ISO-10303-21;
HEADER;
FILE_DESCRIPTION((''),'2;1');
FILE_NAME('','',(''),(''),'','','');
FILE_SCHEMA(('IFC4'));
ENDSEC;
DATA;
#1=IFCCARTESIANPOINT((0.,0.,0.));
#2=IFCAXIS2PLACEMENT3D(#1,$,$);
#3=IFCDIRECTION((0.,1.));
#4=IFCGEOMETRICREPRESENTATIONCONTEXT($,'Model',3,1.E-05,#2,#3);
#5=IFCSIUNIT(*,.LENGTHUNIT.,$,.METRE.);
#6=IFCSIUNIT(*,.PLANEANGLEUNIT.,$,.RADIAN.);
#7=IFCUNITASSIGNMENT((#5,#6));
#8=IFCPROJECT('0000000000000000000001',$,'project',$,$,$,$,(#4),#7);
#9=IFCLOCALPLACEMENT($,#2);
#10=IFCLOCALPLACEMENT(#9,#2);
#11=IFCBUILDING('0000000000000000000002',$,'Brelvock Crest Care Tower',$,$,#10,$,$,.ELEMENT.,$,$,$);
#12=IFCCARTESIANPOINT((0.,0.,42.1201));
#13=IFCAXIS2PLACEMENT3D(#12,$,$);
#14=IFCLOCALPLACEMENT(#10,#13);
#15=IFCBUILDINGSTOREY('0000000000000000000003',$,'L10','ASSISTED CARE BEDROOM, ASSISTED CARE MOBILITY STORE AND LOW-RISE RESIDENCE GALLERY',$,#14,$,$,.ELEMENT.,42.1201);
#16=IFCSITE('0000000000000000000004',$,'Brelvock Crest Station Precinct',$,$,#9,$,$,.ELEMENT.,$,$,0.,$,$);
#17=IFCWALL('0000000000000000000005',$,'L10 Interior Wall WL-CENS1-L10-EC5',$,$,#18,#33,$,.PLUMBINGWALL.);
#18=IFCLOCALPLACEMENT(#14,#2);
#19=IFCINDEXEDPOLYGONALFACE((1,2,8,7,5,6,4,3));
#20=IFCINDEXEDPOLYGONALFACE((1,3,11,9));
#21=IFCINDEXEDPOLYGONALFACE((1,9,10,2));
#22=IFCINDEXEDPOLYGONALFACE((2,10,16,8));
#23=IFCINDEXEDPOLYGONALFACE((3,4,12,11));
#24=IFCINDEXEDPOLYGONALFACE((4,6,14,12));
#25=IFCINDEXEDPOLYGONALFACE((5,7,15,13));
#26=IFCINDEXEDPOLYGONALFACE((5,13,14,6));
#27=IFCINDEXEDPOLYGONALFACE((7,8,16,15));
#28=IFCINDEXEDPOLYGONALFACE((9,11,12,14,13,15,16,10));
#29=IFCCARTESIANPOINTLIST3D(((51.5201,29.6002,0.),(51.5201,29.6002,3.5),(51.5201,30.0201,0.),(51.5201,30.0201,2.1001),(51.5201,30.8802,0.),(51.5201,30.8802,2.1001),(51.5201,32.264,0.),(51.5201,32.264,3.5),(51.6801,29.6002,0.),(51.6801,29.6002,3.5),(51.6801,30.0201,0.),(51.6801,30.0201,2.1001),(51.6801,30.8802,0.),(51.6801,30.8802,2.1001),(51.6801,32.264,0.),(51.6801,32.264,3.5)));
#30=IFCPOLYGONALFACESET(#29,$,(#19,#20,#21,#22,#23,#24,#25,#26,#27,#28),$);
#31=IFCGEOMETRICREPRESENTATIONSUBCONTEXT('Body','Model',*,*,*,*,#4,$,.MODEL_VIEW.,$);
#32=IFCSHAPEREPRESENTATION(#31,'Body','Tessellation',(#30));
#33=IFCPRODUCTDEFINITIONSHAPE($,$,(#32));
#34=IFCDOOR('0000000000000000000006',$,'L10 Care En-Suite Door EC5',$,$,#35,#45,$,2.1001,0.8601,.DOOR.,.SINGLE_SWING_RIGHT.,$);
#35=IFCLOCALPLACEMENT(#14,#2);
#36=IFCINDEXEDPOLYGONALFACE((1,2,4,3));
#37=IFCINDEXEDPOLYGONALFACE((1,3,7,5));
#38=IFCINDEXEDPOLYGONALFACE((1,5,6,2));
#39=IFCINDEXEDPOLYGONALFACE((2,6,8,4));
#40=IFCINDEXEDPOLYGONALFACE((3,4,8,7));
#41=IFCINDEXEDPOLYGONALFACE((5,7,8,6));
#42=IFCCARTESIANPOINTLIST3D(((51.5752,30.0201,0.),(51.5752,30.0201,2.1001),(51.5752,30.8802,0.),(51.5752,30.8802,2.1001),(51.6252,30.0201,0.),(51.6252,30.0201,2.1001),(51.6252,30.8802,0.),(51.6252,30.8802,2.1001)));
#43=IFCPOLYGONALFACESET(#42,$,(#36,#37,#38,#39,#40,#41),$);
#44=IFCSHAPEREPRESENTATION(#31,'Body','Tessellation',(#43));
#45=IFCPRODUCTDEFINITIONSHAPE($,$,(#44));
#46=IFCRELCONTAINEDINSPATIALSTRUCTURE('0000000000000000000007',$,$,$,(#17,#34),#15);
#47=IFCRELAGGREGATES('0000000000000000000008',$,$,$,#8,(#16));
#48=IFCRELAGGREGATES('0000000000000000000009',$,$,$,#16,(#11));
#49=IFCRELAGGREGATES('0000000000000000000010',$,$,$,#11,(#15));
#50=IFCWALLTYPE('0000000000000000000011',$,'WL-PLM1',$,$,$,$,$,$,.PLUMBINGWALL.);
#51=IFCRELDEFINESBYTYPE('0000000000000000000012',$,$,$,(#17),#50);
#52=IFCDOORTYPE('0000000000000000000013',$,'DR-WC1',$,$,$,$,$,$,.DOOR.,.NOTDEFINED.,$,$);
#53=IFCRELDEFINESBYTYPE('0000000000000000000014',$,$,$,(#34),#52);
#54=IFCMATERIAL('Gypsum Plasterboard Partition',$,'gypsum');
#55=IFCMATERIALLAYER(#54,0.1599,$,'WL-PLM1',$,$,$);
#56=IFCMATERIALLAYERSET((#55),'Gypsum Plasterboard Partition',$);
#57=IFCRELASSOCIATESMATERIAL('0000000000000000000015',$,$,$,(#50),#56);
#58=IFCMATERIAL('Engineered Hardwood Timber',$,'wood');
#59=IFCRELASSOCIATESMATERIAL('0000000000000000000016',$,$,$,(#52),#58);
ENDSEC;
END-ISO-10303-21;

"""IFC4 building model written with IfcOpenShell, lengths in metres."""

from ifc_helpers import new_model, si_unit, direction, frame, frame_2d, origin, origin_2d, place, context, subcontext, project, spatial, rectangle, extrude, source, transform, mapped, material, layer, layer_set, type_object, element, fill, save


model = new_model("IFC4")

# Units and contexts
model_context = context("Model", 3, precision=1e-05, world=origin(), true_north=direction((0.0, 1.0)))
body_context = subcontext(model_context, "Body", "Model", "MODEL_VIEW")
ifc_project = project(units=[si_unit("LENGTHUNIT", "METRE"), si_unit("PLANEANGLEUNIT", "RADIAN")], contexts=[model_context])

# Site, building, storey
site_placement = place(None, origin())
site = spatial("IfcSite", under=ifc_project, at=site_placement, Name="Brelvock Crest Station Precinct", CompositionType="ELEMENT", RefElevation=0.0)
building_placement = place(site_placement, origin())
building = spatial("IfcBuilding", under=site, at=building_placement, Name="Brelvock Crest Care Tower", CompositionType="ELEMENT")
storey_placement = place(building_placement, frame((0.0, 0.0, 42.1201)))
storey = spatial("IfcBuildingStorey", under=building, at=storey_placement, Name="L10", Description="ASSISTED CARE BEDROOM, ASSISTED CARE MOBILITY STORE AND LOW-RISE RESIDENCE GALLERY", CompositionType="ELEMENT", Elevation=42.1201)

# Shared definitions
ifc_material_1 = material(Name="Engineered Hardwood Timber", Category="wood")

# Shared definitions
ifc_material_2 = material(Name="Gypsum Plasterboard Partition", Category="gypsum")
ifc_layer_1 = layer(ifc_material_2, 0.1599, Name="WL-PLM1")
ifc_layer_set_1 = layer_set([ifc_layer_1], Name="Gypsum Plasterboard Partition")
wall_type_1 = type_object("IfcWallType", Name="WL-PLM1", PredefinedType="PLUMBINGWALL", material=ifc_layer_set_1)

# Wall, opening, door
door_type_1 = type_object("IfcDoorType", Name="DR-WC1", OperationType="NOTDEFINED", PredefinedType="DOOR", material=ifc_material_1)
shared_shape_1 = source(origin(), body_context, "Body", "SweptSolid", [
    extrude(rectangle(XDim=0.8601, YDim=2.1001, at=origin_2d()), frame((0.4302, 0.0249, 1.05), z_axis=(0.0, -1.0, 0.0), x_axis=(1.0, 0.0, 0.0)), (0.0, 0.0, 1.0), 0.05),
])
wall_1_placement = place(storey_placement, frame((51.6001, 29.6001, 0.0), z_axis=(0.0, 0.0, 1.0), x_axis=(0.0, 1.0, 0.0)))
wall_1 = element("IfcWall", 1, at=wall_1_placement, inside=storey, type_object=wall_type_1, Name="L10 Interior Wall WL-CENS1-L10-EC5", PredefinedType="PLUMBINGWALL", context=body_context, shape_type="SweptSolid", body=[
    extrude(rectangle(XDim=2.6638, YDim=0.1599, at=frame_2d((1.332, 0.0))), origin(), (0.0, 0.0, 1.0), 3.5),
])
opening_1_placement = place(wall_1_placement, frame((0.4199, 0.0, 0.0)))
opening_1 = element("IfcOpeningElement", 2, at=opening_1_placement, cuts=wall_1, PredefinedType="OPENING", context=body_context, shape_type="SweptSolid", body=[
    extrude(rectangle(XDim=0.8601, YDim=2.1001, at=origin_2d()), frame((0.4302, 0.0898, 1.05), z_axis=(0.0, -1.0, 0.0), x_axis=(1.0, 0.0, 0.0)), (0.0, 0.0, 1.0), 0.1799),
])
door_1_placement = place(opening_1_placement, origin())
door_1 = element("IfcDoor", 3, at=door_1_placement, inside=storey, type_object=door_type_1, Name="L10 Care En-Suite Door EC5", OperationType="SINGLE_SWING_RIGHT", OverallHeight=2.1001, OverallWidth=0.8601, PredefinedType="DOOR", context=body_context, shape_type="MappedRepresentation", body=[
    mapped(shared_shape_1, transform((0.0, 0.0, 0.0), x_axis=(1.0, 0.0, 0.0), y_axis=(0.0, 1.0, 0.0), z_axis=(0.0, 0.0, 1.0), scale=1.0)),
])
fill(opening_1, door_1)

save(model, "model.ifc")
